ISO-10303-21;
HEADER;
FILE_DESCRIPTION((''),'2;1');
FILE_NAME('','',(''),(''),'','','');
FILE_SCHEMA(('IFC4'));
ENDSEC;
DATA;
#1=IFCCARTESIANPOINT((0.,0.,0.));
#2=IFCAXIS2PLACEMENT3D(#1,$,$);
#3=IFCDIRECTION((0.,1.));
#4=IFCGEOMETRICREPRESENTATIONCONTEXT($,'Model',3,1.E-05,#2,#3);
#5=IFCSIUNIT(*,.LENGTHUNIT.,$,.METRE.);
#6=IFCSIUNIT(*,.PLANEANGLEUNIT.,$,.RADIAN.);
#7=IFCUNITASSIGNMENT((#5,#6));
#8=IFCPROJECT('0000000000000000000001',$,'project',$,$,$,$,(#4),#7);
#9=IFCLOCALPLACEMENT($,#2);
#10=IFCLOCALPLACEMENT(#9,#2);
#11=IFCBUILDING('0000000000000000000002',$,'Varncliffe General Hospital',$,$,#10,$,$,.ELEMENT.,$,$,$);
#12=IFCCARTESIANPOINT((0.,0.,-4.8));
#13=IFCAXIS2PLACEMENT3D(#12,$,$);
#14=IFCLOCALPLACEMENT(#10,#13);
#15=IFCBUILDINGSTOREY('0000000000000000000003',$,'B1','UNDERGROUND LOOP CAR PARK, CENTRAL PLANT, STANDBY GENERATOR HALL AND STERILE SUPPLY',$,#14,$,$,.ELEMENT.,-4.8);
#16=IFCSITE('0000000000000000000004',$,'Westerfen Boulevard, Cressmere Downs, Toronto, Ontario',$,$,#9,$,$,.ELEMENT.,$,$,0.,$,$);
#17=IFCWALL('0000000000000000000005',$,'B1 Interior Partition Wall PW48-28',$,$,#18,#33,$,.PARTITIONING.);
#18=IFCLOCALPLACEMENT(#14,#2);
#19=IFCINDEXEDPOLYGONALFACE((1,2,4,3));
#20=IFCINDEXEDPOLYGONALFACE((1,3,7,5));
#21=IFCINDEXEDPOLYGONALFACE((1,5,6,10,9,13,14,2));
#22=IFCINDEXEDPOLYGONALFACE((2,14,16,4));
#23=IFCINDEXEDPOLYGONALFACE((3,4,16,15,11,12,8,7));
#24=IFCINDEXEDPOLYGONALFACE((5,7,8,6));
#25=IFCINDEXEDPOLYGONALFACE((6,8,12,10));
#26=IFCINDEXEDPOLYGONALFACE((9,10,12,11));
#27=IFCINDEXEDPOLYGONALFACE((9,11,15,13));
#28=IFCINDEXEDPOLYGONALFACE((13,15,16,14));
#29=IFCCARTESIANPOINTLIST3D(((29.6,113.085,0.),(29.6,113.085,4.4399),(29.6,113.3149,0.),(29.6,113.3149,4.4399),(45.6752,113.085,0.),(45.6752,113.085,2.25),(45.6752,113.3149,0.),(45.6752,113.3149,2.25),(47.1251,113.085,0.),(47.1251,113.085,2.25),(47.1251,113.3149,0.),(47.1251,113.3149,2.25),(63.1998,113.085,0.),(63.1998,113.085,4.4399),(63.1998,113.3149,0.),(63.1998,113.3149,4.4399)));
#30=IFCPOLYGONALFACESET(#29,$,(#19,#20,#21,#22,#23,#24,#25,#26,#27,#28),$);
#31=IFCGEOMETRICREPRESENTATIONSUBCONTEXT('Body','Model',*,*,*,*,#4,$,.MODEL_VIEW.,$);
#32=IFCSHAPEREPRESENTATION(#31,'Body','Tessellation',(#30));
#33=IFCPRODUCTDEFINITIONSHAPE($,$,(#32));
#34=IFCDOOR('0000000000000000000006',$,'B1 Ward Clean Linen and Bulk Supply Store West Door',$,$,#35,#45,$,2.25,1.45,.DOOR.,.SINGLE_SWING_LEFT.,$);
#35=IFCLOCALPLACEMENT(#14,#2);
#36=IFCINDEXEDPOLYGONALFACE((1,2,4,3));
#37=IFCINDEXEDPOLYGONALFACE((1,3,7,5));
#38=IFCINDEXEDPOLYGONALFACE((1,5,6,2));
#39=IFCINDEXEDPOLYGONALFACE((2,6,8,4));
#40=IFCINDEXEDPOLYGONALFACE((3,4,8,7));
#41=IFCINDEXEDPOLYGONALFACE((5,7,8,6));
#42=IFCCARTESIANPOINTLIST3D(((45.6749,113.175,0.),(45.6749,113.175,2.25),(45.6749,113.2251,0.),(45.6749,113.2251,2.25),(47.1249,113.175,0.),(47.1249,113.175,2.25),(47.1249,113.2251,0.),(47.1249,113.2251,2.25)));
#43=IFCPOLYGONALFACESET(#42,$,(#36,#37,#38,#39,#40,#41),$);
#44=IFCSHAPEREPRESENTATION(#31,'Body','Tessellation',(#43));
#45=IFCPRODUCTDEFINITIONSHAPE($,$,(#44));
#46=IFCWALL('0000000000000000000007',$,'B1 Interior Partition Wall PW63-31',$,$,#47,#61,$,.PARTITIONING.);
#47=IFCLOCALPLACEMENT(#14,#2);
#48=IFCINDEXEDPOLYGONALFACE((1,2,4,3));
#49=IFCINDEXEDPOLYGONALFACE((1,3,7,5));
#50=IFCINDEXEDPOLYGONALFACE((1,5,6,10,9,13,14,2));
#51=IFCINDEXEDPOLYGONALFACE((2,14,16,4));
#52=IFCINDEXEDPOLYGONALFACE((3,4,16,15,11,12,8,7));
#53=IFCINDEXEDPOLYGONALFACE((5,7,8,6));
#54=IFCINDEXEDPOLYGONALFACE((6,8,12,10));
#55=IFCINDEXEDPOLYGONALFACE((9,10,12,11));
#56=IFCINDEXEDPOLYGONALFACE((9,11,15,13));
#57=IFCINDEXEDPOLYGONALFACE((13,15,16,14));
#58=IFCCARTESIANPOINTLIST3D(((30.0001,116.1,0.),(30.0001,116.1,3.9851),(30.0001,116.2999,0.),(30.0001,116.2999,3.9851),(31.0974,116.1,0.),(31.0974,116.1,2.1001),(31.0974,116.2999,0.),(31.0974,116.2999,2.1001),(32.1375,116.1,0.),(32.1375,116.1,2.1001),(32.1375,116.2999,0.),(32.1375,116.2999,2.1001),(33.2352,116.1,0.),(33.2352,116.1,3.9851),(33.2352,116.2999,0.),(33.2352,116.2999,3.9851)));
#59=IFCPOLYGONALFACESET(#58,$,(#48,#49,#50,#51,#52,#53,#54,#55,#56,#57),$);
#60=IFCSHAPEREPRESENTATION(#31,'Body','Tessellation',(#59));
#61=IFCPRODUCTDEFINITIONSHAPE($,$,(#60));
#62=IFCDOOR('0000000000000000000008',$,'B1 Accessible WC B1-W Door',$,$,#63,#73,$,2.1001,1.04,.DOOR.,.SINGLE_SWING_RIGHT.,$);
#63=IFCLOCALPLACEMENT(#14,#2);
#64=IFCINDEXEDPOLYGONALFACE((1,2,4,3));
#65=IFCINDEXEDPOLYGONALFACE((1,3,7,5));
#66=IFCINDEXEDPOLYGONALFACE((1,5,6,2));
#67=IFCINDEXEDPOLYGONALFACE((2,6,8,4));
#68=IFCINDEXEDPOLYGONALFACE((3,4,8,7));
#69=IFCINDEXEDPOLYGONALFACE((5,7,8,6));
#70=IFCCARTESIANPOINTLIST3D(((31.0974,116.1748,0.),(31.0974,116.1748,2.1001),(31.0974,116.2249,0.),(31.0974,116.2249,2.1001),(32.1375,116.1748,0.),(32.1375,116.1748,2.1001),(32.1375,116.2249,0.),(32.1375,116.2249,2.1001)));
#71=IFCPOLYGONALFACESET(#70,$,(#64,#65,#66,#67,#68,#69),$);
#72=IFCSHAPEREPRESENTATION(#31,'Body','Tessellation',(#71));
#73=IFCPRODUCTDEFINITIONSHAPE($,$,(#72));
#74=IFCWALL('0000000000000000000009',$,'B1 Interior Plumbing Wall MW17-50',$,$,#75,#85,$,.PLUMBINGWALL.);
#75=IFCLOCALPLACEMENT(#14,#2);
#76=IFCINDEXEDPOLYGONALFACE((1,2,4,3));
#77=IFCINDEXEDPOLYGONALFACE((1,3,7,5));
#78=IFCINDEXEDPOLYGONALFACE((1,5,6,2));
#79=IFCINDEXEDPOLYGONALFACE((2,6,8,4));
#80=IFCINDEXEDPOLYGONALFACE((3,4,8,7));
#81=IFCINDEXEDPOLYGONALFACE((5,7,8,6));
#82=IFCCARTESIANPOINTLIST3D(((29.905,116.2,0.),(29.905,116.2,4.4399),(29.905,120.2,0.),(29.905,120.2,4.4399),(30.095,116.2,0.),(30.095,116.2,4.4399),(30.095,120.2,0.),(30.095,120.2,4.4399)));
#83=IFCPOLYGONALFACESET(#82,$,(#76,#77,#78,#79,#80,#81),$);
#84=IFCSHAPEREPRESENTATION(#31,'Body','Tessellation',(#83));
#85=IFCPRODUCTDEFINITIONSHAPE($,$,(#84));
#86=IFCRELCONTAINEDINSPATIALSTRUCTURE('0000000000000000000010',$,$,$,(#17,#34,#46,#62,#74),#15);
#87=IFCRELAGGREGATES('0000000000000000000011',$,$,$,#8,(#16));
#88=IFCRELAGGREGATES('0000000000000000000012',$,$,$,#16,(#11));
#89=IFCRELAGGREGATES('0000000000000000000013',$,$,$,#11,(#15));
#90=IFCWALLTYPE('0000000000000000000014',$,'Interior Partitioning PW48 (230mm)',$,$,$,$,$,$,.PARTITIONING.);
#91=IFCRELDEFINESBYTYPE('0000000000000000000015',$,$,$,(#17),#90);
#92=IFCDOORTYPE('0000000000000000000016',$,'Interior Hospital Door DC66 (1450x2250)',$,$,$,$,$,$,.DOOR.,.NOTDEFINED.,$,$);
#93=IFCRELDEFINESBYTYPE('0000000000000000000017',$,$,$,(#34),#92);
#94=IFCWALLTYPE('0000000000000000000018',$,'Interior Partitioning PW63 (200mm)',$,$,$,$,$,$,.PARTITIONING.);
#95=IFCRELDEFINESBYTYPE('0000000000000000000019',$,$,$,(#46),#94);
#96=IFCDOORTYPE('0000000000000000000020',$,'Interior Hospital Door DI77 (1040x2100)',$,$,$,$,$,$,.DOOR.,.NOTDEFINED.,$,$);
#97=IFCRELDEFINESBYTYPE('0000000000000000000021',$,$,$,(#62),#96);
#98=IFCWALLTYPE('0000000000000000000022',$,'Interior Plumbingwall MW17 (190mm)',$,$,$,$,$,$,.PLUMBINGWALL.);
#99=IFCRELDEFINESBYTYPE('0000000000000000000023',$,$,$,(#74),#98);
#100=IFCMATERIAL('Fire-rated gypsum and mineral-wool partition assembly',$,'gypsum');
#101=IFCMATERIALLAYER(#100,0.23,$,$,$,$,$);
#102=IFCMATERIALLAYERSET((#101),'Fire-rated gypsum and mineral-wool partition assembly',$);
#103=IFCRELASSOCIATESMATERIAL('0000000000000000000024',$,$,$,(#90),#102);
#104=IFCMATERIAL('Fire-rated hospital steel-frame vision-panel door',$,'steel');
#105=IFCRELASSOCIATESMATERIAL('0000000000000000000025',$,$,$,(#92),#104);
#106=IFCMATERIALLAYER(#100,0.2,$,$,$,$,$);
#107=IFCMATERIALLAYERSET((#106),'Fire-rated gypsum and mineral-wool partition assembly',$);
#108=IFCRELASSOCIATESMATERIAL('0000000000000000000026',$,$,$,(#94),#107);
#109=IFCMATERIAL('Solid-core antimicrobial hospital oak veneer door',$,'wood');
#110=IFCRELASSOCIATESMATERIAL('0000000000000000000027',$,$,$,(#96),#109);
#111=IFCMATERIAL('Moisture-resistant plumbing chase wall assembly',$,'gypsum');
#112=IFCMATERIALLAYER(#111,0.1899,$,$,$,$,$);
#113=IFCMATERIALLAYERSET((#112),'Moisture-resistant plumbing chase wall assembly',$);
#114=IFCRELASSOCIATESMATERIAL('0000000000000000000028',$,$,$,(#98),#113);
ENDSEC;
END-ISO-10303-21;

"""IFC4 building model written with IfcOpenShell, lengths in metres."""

from ifc_helpers import new_model, si_unit, direction, frame, frame_2d, origin, place, context, subcontext, project, spatial, rectangle, extrude, material, layer, layer_set, type_object, element, fill, save


model = new_model("IFC4")

# Units and contexts
model_context = context("Model", 3, precision=1e-05, world=origin(), true_north=direction((0.0, 1.0)))
body_context = subcontext(model_context, "Body", "Model", "MODEL_VIEW")
ifc_project = project(units=[si_unit("LENGTHUNIT", "METRE"), si_unit("PLANEANGLEUNIT", "RADIAN")], contexts=[model_context])

# Site, building, storey
site_placement = place(None, origin())
site = spatial("IfcSite", under=ifc_project, at=site_placement, Name="Westerfen Boulevard, Cressmere Downs, Toronto, Ontario", CompositionType="ELEMENT", RefElevation=0.0)
building_placement = place(site_placement, origin())
building = spatial("IfcBuilding", under=site, at=building_placement, Name="Varncliffe General Hospital", CompositionType="ELEMENT")
storey_placement = place(building_placement, frame((0.0, 0.0, -4.8)))
storey = spatial("IfcBuildingStorey", under=building, at=storey_placement, Name="B1", Description="UNDERGROUND LOOP CAR PARK, CENTRAL PLANT, STANDBY GENERATOR HALL AND STERILE SUPPLY", CompositionType="ELEMENT", Elevation=-4.8)

# Shared definitions
ifc_material_1 = material(Name="Fire-rated gypsum and mineral-wool partition assembly", Category="gypsum")

# Walls, openings, doors
ifc_layer_1 = layer(ifc_material_1, 0.23)
ifc_layer_set_1 = layer_set([ifc_layer_1], Name="Fire-rated gypsum and mineral-wool partition assembly")
wall_type_1 = type_object("IfcWallType", Name="Interior Partitioning PW48 (230mm)", PredefinedType="PARTITIONING", material=ifc_layer_set_1)
wall_1_placement = place(storey_placement, frame((29.6001, 113.2, 0.0), z_axis=(0.0, 0.0, 1.0), x_axis=(1.0, 0.0, 0.0)))
wall_1 = element("IfcWall", 1, at=wall_1_placement, inside=storey, type_object=wall_type_1, Name="B1 Interior Partition Wall PW48-28", PredefinedType="PARTITIONING", context=body_context, shape_type="SweptSolid", body=[
    extrude(rectangle(XDim=33.5999, YDim=0.23, at=frame_2d((16.7998, 0.0))), origin(), (0.0, 0.0, 1.0), 4.4399),
])
opening_1_placement = place(wall_1_placement, frame((16.075, 0.0, 0.0)))
opening_1 = element("IfcOpeningElement", 2, at=opening_1_placement, cuts=wall_1, PredefinedType="OPENING", context=body_context, shape_type="SweptSolid", body=[
    extrude(rectangle(XDim=1.45, YDim=2.25, at=frame_2d((0.7251, 1.125))), frame((0.0, 0.125, 0.0), z_axis=(0.0, -1.0, 0.0), x_axis=(1.0, 0.0, 0.0)), (0.0, 0.0, 1.0), 0.25),
])
ifc_material_2 = material(Name="Fire-rated hospital steel-frame vision-panel door", Category="steel")
door_type_1 = type_object("IfcDoorType", Name="Interior Hospital Door DC66 (1450x2250)", OperationType="NOTDEFINED", PredefinedType="DOOR", material=ifc_material_2)
door_1_placement = place(opening_1_placement, frame((1.45, 0.0, 0.0), z_axis=(0.0, 0.0, 1.0), x_axis=(-1.0, 0.0, 0.0)))
door_1 = element("IfcDoor", 3, at=door_1_placement, inside=storey, type_object=door_type_1, Name="B1 Ward Clean Linen and Bulk Supply Store West Door", OperationType="SINGLE_SWING_LEFT", OverallHeight=2.25, OverallWidth=1.45, PredefinedType="DOOR", context=body_context, shape_type="SweptSolid", body=[
    extrude(rectangle(XDim=1.45, YDim=2.25, at=frame_2d((0.7251, 1.125))), frame((0.0, 0.0249, 0.0), z_axis=(0.0, -1.0, 0.0), x_axis=(1.0, 0.0, 0.0)), (0.0, 0.0, 1.0), 0.05),
])
fill(opening_1, door_1)
ifc_layer_2 = layer(ifc_material_1, 0.2)
ifc_layer_set_2 = layer_set([ifc_layer_2], Name="Fire-rated gypsum and mineral-wool partition assembly")
wall_type_2 = type_object("IfcWallType", Name="Interior Partitioning PW63 (200mm)", PredefinedType="PARTITIONING", material=ifc_layer_set_2)
wall_2_placement = place(storey_placement, frame((30.0, 116.2, 0.0), z_axis=(0.0, 0.0, 1.0), x_axis=(1.0, 0.0, 0.0)))
wall_2 = element("IfcWall", 4, at=wall_2_placement, inside=storey, type_object=wall_type_2, Name="B1 Interior Partition Wall PW63-31", PredefinedType="PARTITIONING", context=body_context, shape_type="SweptSolid", body=[
    extrude(rectangle(XDim=3.2351, YDim=0.2, at=frame_2d((1.6177, 0.0))), origin(), (0.0, 0.0, 1.0), 3.9851),
])
opening_2_placement = place(wall_2_placement, frame((1.0974, 0.0, 0.0)))
opening_2 = element("IfcOpeningElement", 5, at=opening_2_placement, cuts=wall_2, PredefinedType="OPENING", context=body_context, shape_type="SweptSolid", body=[
    extrude(rectangle(XDim=1.04, YDim=2.1001, at=frame_2d((0.52, 1.05))), frame((0.0, 0.1099, 0.0), z_axis=(0.0, -1.0, 0.0), x_axis=(1.0, 0.0, 0.0)), (0.0, 0.0, 1.0), 0.22),
])
ifc_material_3 = material(Name="Solid-core antimicrobial hospital oak veneer door", Category="wood")
door_type_2 = type_object("IfcDoorType", Name="Interior Hospital Door DI77 (1040x2100)", OperationType="NOTDEFINED", PredefinedType="DOOR", material=ifc_material_3)
door_2_placement = place(opening_2_placement, origin())
door_2 = element("IfcDoor", 6, at=door_2_placement, inside=storey, type_object=door_type_2, Name="B1 Accessible WC B1-W Door", OperationType="SINGLE_SWING_RIGHT", OverallHeight=2.1001, OverallWidth=1.04, PredefinedType="DOOR", context=body_context, shape_type="SweptSolid", body=[
    extrude(rectangle(XDim=1.04, YDim=2.1001, at=frame_2d((0.52, 1.05))), frame((0.0, 0.0249, 0.0), z_axis=(0.0, -1.0, 0.0), x_axis=(1.0, 0.0, 0.0)), (0.0, 0.0, 1.0), 0.05),
])
fill(opening_2, door_2)

# Wall
ifc_material_4 = material(Name="Moisture-resistant plumbing chase wall assembly", Category="gypsum")
ifc_layer_3 = layer(ifc_material_4, 0.1899)
ifc_layer_set_3 = layer_set([ifc_layer_3], Name="Moisture-resistant plumbing chase wall assembly")
wall_type_3 = type_object("IfcWallType", Name="Interior Plumbingwall MW17 (190mm)", PredefinedType="PLUMBINGWALL", material=ifc_layer_set_3)
wall_3_placement = place(storey_placement, frame((30.0, 116.2, 0.0), z_axis=(0.0, 0.0, 1.0), x_axis=(0.0, 1.0, 0.0)))
element("IfcWall", 7, at=wall_3_placement, inside=storey, type_object=wall_type_3, Name="B1 Interior Plumbing Wall MW17-50", PredefinedType="PLUMBINGWALL", context=body_context, shape_type="SweptSolid", body=[
    extrude(rectangle(XDim=4.0, YDim=0.1899, at=frame_2d((2.0, 0.0))), origin(), (0.0, 0.0, 1.0), 4.4399),
])

save(model, "model.ifc")
